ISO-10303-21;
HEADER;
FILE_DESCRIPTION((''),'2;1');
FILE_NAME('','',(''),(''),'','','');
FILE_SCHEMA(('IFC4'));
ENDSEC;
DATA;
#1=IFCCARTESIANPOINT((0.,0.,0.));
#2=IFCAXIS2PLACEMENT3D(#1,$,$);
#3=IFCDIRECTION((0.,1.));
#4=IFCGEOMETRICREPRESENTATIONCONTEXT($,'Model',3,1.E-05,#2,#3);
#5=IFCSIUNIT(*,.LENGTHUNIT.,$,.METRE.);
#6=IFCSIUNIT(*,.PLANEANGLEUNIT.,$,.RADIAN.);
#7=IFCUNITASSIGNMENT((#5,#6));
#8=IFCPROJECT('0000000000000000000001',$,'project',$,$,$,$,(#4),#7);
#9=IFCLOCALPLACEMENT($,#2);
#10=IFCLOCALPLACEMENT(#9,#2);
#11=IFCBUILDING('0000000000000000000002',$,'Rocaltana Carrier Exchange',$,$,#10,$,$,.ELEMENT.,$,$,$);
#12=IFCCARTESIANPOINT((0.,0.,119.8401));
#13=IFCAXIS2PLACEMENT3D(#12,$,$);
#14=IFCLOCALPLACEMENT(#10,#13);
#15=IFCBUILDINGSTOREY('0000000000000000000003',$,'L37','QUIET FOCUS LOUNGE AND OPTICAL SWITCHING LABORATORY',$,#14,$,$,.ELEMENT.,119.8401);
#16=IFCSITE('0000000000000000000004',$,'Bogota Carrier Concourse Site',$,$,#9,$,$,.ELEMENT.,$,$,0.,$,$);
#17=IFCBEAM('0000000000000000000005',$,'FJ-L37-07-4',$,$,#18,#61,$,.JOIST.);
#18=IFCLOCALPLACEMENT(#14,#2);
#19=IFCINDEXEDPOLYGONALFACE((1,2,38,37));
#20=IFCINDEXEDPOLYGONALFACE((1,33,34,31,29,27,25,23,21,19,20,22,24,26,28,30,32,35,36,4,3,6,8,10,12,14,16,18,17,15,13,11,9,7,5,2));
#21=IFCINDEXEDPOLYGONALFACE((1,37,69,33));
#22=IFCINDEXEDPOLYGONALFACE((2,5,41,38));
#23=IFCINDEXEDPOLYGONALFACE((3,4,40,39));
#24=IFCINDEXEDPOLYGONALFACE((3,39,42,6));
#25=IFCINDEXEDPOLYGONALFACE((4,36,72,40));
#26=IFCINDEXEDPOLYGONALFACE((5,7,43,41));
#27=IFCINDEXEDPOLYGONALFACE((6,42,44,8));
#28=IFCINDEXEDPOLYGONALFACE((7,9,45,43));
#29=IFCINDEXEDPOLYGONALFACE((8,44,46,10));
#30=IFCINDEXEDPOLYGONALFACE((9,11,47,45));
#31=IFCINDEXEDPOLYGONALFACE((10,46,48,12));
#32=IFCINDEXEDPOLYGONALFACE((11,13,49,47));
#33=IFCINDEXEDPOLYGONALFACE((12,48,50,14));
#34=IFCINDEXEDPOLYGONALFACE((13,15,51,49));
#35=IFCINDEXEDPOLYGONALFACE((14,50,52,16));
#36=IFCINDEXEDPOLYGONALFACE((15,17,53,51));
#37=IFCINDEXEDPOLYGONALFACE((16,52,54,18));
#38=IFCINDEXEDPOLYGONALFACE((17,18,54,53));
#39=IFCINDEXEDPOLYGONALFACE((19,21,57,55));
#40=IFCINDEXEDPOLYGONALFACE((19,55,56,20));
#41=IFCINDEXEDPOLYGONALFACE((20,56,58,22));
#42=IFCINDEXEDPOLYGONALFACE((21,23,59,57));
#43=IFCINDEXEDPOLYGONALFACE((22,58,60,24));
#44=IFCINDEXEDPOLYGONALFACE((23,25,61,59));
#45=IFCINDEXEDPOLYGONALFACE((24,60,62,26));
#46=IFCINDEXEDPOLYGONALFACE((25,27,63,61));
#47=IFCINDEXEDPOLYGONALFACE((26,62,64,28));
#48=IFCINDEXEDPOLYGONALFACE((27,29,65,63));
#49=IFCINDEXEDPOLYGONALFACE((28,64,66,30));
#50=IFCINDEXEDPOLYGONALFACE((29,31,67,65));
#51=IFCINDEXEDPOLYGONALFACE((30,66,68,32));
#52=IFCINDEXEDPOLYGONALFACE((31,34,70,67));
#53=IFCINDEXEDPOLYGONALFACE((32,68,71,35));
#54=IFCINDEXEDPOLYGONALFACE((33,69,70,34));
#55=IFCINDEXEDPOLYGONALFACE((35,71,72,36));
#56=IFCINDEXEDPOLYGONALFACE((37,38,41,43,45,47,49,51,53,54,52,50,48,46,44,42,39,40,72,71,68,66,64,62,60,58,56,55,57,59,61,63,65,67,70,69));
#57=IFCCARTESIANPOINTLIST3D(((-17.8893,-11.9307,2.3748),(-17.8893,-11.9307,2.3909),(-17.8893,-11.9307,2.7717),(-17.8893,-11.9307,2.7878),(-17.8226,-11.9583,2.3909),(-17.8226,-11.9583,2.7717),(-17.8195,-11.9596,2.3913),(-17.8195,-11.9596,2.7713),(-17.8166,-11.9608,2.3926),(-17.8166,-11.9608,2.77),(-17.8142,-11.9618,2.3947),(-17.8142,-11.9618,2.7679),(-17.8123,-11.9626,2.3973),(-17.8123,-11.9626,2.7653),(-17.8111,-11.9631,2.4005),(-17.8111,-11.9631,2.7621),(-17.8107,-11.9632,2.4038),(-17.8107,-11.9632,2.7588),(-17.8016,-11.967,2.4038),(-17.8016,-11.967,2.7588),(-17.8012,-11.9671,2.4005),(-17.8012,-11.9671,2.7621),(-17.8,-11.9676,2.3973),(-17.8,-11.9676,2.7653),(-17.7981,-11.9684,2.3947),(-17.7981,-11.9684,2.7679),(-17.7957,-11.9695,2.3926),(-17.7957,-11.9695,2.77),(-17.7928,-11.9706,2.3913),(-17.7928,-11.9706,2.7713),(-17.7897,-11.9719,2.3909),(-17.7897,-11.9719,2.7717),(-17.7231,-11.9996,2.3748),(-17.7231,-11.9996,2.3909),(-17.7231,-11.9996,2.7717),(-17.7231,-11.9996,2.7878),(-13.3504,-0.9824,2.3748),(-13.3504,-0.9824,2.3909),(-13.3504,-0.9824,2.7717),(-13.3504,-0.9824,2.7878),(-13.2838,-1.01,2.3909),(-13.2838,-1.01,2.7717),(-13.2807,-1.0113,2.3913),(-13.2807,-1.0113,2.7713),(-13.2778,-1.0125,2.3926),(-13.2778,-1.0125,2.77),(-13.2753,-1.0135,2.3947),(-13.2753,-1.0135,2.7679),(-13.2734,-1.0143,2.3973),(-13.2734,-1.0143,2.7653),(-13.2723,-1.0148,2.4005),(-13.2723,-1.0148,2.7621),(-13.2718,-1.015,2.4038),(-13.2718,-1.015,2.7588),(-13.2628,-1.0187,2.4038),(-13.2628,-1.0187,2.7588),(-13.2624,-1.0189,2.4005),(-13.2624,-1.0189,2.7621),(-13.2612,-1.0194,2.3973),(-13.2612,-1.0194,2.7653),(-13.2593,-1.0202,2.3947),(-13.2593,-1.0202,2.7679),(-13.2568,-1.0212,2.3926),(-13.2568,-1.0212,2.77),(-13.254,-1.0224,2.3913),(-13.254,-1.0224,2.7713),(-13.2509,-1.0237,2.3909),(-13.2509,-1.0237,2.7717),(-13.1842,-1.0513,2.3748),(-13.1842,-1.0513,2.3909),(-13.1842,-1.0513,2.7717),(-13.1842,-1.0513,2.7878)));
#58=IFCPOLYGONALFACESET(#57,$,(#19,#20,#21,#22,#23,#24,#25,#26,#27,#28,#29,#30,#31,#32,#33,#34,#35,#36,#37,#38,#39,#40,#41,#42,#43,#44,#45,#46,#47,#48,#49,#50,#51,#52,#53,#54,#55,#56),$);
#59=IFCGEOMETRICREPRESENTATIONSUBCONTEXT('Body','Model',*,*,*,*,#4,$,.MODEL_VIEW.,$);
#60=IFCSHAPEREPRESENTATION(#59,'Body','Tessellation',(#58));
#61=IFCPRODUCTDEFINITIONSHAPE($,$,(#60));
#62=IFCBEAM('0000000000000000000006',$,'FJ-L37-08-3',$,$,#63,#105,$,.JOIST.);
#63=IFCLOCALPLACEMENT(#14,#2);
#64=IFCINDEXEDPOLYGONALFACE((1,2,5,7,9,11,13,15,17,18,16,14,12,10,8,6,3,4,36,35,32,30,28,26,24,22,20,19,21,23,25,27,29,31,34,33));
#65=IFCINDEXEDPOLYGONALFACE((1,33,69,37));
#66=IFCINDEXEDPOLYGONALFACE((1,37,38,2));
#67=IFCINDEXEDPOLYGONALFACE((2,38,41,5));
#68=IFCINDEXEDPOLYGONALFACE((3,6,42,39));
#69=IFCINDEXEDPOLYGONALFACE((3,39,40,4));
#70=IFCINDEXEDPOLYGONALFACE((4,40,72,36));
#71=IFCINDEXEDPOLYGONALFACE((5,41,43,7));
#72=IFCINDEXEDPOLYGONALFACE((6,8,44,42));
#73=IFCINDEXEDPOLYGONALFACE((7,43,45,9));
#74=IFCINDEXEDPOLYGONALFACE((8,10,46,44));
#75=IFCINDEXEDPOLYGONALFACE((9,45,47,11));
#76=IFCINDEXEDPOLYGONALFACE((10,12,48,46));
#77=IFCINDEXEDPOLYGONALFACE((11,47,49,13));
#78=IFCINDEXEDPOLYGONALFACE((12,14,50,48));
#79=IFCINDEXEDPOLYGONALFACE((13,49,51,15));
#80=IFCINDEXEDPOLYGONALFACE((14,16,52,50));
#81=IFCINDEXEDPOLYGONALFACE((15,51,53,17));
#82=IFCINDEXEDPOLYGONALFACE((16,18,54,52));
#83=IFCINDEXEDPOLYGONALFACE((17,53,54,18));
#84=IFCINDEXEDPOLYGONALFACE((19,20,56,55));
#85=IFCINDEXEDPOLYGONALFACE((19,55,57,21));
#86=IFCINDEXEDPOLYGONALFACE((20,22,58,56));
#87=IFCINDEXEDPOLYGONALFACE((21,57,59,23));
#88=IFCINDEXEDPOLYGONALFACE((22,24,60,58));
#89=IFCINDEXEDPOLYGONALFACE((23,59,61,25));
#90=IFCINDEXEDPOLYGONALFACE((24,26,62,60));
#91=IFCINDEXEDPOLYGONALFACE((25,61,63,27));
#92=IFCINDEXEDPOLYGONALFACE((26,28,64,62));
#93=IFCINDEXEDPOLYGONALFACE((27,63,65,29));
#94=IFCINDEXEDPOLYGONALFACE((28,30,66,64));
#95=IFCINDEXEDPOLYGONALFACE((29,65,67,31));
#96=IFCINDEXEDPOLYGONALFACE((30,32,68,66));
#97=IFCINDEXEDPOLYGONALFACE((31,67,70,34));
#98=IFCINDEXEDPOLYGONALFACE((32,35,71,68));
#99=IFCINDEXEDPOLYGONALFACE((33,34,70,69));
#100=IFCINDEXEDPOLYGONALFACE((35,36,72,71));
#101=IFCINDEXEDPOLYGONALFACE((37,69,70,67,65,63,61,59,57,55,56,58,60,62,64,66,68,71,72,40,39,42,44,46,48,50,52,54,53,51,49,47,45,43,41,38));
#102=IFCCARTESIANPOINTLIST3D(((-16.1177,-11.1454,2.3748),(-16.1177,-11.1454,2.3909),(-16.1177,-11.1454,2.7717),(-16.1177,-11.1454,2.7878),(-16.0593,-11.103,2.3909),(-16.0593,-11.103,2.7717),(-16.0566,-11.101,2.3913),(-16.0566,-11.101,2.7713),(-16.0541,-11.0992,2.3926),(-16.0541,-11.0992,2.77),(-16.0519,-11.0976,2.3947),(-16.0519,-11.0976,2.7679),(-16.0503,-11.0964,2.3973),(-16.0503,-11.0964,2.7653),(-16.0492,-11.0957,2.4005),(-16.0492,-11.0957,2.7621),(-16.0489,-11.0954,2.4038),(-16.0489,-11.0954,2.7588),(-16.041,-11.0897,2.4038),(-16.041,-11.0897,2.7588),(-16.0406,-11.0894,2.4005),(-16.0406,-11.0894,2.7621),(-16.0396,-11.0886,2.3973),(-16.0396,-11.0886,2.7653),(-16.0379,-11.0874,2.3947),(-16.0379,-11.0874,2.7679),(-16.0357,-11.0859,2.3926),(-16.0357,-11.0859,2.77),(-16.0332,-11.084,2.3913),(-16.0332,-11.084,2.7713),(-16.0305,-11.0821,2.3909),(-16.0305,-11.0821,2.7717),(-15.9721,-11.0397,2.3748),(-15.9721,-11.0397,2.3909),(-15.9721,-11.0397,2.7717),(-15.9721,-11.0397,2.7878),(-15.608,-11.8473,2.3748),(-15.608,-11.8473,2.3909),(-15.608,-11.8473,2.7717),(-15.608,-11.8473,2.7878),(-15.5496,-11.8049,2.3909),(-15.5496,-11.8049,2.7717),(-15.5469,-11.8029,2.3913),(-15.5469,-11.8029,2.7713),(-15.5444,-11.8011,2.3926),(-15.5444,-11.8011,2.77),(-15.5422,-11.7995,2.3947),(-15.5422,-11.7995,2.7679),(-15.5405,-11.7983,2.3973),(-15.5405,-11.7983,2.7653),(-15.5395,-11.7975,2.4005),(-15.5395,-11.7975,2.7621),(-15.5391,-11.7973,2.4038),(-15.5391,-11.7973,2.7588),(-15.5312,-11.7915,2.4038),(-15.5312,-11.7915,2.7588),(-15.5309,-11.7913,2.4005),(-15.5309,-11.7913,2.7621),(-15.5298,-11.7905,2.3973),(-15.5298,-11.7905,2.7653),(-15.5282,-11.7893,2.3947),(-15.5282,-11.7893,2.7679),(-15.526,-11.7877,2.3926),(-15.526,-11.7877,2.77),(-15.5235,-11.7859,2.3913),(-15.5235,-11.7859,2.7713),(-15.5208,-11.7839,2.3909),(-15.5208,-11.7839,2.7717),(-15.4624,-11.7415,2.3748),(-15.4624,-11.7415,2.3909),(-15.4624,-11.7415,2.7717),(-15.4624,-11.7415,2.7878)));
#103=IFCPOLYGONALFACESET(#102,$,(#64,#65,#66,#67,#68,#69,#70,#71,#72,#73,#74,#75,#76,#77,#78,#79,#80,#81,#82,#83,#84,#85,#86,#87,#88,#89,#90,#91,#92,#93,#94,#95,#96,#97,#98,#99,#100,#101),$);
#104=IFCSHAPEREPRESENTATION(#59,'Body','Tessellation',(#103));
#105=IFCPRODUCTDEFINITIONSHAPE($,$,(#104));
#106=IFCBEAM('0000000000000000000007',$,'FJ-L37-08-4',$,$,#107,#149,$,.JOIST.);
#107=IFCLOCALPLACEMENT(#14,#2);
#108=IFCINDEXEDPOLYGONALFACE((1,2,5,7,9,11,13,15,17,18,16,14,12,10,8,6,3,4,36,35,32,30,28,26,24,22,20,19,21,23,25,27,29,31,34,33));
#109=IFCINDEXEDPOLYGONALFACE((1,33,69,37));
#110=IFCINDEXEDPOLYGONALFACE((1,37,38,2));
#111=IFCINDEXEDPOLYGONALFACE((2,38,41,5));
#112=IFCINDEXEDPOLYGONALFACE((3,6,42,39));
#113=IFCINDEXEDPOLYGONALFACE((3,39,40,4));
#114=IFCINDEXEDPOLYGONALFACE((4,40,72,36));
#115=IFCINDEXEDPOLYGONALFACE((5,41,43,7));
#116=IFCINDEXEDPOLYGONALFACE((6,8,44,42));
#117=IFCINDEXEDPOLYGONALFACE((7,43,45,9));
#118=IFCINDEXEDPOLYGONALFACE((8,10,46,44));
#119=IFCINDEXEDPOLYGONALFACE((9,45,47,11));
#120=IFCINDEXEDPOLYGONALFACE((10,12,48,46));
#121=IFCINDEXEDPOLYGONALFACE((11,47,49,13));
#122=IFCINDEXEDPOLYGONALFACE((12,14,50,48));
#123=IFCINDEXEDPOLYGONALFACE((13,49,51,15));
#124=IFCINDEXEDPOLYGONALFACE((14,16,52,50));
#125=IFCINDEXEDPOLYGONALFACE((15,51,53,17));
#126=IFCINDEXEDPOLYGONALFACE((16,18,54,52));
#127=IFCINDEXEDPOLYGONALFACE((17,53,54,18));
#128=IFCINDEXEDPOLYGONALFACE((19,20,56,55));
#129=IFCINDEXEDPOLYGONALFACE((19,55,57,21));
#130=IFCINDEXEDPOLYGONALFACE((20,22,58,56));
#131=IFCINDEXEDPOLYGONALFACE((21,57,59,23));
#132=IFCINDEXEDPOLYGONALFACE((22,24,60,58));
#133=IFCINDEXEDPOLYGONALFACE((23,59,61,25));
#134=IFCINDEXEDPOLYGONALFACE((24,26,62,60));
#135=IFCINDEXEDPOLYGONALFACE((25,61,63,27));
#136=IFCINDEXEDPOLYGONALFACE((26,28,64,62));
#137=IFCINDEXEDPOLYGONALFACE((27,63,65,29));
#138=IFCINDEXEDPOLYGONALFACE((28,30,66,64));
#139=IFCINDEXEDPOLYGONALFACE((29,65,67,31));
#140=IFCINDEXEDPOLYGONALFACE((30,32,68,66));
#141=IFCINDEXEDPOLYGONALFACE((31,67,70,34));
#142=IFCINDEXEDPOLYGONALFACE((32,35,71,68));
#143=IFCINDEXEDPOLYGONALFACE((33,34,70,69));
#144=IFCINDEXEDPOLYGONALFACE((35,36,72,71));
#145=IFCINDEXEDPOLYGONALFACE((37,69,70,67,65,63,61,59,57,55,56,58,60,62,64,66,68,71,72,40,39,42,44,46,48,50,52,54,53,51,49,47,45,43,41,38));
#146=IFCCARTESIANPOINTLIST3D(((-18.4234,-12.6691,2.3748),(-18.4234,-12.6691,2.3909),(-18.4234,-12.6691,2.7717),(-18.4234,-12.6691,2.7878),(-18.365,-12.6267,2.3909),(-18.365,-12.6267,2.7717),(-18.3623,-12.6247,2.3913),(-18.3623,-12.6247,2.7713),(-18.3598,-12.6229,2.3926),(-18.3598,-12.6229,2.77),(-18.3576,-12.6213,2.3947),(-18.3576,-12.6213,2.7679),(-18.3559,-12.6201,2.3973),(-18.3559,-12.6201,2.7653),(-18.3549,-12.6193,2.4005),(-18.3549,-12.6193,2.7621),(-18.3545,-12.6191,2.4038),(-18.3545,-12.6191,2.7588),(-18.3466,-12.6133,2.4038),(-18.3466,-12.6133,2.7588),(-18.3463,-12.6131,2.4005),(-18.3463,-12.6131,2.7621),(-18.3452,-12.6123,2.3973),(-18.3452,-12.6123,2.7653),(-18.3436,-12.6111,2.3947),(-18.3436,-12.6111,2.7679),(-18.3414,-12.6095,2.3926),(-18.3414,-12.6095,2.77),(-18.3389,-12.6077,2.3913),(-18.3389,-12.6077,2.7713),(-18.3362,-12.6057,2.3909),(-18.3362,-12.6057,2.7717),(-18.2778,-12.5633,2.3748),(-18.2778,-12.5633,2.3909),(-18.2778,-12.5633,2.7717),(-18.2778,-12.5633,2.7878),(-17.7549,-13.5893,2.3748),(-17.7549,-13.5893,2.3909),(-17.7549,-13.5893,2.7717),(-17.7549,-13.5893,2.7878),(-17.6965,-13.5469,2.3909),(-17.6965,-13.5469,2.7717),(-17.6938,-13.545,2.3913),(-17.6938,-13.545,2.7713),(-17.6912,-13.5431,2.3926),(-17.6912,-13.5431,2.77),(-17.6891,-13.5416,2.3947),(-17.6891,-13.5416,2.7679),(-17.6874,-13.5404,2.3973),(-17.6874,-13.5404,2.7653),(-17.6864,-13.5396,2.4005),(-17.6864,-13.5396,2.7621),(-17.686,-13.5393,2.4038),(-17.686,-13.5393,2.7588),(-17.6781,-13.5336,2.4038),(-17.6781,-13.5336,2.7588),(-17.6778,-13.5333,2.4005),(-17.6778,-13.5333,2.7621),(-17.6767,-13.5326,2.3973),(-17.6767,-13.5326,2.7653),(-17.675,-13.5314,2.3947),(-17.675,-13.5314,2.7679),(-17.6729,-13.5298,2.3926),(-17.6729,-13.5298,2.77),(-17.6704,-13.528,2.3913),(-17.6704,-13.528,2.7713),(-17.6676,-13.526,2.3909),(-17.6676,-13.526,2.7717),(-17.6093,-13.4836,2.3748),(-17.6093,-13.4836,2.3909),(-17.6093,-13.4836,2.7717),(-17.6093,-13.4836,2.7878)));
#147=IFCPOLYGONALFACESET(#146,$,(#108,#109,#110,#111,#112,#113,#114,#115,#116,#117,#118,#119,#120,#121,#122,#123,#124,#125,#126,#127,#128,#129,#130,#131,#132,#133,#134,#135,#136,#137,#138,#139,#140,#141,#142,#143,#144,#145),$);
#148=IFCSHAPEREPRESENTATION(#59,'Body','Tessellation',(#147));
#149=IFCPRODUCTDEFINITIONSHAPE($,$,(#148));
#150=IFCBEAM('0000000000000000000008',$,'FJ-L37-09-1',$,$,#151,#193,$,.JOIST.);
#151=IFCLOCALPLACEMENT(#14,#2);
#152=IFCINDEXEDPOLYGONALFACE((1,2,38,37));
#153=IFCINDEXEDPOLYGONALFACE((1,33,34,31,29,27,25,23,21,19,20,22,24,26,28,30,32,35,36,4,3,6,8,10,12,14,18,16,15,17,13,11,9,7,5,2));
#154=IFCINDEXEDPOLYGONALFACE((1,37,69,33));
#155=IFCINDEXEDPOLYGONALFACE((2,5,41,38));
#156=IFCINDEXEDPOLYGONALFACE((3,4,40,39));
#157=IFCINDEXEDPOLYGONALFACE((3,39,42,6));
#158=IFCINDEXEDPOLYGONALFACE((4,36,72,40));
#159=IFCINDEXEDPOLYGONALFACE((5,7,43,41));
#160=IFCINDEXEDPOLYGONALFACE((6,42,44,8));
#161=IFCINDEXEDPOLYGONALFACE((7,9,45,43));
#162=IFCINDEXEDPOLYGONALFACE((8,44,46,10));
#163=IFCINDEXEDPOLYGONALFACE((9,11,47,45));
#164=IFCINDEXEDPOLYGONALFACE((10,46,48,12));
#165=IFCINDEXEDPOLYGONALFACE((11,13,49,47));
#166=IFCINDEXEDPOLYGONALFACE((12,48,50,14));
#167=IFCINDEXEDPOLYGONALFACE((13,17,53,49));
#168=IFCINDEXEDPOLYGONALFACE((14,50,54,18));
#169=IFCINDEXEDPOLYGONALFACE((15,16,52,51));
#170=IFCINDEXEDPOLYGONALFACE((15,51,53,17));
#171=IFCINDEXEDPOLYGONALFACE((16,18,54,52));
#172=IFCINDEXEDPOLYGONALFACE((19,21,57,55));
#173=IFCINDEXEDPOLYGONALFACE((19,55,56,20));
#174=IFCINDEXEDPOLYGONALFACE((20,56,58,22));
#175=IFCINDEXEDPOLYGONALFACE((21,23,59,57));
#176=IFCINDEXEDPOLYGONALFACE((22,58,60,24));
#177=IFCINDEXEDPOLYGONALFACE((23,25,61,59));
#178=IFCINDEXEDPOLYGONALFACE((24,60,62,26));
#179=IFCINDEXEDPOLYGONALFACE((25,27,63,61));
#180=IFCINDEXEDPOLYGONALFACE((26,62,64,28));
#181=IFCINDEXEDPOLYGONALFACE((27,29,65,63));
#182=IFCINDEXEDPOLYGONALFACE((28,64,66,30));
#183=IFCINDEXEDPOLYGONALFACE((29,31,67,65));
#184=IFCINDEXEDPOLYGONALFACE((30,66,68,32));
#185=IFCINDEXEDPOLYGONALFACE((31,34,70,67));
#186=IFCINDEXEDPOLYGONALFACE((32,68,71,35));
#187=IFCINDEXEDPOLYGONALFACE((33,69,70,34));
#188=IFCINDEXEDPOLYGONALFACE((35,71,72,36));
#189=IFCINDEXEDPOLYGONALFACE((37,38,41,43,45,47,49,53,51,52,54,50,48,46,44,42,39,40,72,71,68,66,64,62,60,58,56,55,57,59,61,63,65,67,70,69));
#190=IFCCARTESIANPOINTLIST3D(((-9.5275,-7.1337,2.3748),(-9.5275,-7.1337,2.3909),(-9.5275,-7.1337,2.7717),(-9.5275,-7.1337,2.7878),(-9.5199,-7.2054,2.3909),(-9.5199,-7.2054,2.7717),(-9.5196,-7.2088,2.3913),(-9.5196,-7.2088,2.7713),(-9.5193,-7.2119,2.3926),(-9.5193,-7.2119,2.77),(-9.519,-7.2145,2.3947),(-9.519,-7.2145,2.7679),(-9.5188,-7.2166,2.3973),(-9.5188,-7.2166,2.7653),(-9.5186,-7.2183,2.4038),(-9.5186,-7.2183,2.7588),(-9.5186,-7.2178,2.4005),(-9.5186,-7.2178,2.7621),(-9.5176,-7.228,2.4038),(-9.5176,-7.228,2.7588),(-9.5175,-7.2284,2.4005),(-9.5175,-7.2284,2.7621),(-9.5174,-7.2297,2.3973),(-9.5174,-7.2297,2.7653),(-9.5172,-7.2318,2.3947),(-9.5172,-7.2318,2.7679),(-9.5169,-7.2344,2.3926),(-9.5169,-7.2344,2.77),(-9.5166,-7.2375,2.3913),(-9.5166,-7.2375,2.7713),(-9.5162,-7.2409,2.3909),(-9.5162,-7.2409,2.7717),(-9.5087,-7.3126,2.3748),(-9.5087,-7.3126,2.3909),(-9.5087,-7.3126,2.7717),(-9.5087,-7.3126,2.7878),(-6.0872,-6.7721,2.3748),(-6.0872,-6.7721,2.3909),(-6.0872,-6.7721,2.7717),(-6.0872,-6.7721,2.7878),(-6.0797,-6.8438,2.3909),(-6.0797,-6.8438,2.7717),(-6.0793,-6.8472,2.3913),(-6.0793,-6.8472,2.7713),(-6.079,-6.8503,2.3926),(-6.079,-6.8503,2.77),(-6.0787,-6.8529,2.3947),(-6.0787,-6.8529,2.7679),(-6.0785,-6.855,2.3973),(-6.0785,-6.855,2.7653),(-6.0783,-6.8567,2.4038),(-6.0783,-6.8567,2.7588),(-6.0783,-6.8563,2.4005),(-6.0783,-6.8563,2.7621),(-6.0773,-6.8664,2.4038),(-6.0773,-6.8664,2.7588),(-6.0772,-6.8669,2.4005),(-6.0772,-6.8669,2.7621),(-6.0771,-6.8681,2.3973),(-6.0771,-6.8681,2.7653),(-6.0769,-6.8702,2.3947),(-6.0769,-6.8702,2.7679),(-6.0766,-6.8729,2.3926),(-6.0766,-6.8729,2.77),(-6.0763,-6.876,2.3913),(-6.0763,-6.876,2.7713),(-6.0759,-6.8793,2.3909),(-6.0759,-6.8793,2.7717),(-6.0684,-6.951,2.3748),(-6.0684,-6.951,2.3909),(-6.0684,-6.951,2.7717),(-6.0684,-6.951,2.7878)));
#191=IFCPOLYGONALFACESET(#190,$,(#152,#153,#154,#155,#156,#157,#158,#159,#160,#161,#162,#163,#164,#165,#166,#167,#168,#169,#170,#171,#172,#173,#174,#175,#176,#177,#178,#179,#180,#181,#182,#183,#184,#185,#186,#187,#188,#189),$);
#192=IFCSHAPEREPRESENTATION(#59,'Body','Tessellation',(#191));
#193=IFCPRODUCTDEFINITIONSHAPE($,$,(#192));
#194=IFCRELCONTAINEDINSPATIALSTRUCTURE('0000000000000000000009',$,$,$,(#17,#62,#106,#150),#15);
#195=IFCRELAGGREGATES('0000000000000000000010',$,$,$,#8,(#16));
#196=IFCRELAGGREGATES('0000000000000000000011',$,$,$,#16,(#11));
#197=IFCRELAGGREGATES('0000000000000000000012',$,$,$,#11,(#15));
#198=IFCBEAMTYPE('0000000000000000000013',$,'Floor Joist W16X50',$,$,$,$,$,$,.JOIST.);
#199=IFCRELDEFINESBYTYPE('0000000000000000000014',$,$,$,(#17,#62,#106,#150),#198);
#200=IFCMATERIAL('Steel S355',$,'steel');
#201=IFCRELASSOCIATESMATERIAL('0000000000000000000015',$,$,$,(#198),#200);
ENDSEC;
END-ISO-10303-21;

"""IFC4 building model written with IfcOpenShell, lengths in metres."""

from ifc_helpers import new_model, si_unit, direction, frame, origin, origin_2d, place, context, subcontext, project, spatial, i_section, extrude, material, material_profile, profile_set, type_object, element, save


model = new_model("IFC4")

# Units and contexts
model_context = context("Model", 3, precision=1e-05, world=origin(), true_north=direction((0.0, 1.0)))
body_context = subcontext(model_context, "Body", "Model", "MODEL_VIEW")
ifc_project = project(units=[si_unit("LENGTHUNIT", "METRE"), si_unit("PLANEANGLEUNIT", "RADIAN")], contexts=[model_context])

# Site, building, storey
site_placement = place(None, origin())
site = spatial("IfcSite", under=ifc_project, at=site_placement, Name="Bogota Carrier Concourse Site", CompositionType="ELEMENT", RefElevation=0.0)
building_placement = place(site_placement, origin())
building = spatial("IfcBuilding", under=site, at=building_placement, Name="Rocaltana Carrier Exchange", CompositionType="ELEMENT")
storey_placement = place(building_placement, frame((0.0, 0.0, 119.8401)))
storey = spatial("IfcBuildingStorey", under=building, at=storey_placement, Name="L37", Description="QUIET FOCUS LOUNGE AND OPTICAL SWITCHING LABORATORY", CompositionType="ELEMENT", Elevation=119.8401)

# Beams
ifc_material_1 = material(Name="Steel S355", Category="steel")
ifc_material_profile_1 = material_profile(ifc_material_1, i_section(OverallWidth=0.1799, OverallDepth=0.4131, WebThickness=0.0098, FlangeThickness=0.0161, FilletRadius=0.0129, at=origin_2d()), Name="W16X50")
ifc_profile_set_1 = profile_set([ifc_material_profile_1], Name="Steel S355")
beam_type_1 = type_object("IfcBeamType", Name="Floor Joist W16X50", PredefinedType="JOIST", material=ifc_profile_set_1)
beam_1_placement = place(storey_placement, frame((-13.2673, -1.0168, 2.5813), z_axis=(-0.382965, -0.923763, 0.0), x_axis=(0.923763, -0.382965, 0.0)))
element("IfcBeam", 1, at=beam_1_placement, inside=storey, type_object=beam_type_1, Name="FJ-L37-07-4", PredefinedType="JOIST", context=body_context, shape_type="SweptSolid", body=[
    extrude(i_section(OverallWidth=0.1799, OverallDepth=0.4131, WebThickness=0.0098, FlangeThickness=0.0161, FilletRadius=0.0129, at=origin_2d()), origin(), (0.0, 0.0, 1.0), 11.8518),
])
beam_2_placement = place(storey_placement, frame((-16.0449, -11.0925, 2.5813), z_axis=(0.587636, -0.809125, 0.0), x_axis=(0.809125, 0.587636, 0.0)))
element("IfcBeam", 2, at=beam_2_placement, inside=storey, type_object=beam_type_1, Name="FJ-L37-08-3", PredefinedType="JOIST", context=body_context, shape_type="SweptSolid", body=[
    extrude(i_section(OverallWidth=0.1799, OverallDepth=0.4131, WebThickness=0.0098, FlangeThickness=0.0161, FilletRadius=0.0129, at=origin_2d()), origin(), (0.0, 0.0, 1.0), 0.8674),
])
beam_3_placement = place(storey_placement, frame((-18.3506, -12.6162, 2.5813), z_axis=(0.587738, -0.809052, 0.0), x_axis=(0.809052, 0.587738, 0.0)))
element("IfcBeam", 3, at=beam_3_placement, inside=storey, type_object=beam_type_1, Name="FJ-L37-08-4", PredefinedType="JOIST", context=body_context, shape_type="SweptSolid", body=[
    extrude(i_section(OverallWidth=0.1799, OverallDepth=0.4131, WebThickness=0.0098, FlangeThickness=0.0161, FilletRadius=0.0129, at=origin_2d()), origin(), (0.0, 0.0, 1.0), 1.1375),
])
beam_4_placement = place(storey_placement, frame((-9.5181, -7.2231, 2.5813), z_axis=(0.994522, 0.104527, 0.0), x_axis=(-0.104527, 0.994522, 0.0)))
element("IfcBeam", 4, at=beam_4_placement, inside=storey, type_object=beam_type_1, Name="FJ-L37-09-1", PredefinedType="JOIST", context=body_context, shape_type="SweptSolid", body=[
    extrude(i_section(OverallWidth=0.1799, OverallDepth=0.4131, WebThickness=0.0098, FlangeThickness=0.0161, FilletRadius=0.0129, at=origin_2d()), origin(), (0.0, 0.0, 1.0), 3.4592),
])

save(model, "model.ifc")
